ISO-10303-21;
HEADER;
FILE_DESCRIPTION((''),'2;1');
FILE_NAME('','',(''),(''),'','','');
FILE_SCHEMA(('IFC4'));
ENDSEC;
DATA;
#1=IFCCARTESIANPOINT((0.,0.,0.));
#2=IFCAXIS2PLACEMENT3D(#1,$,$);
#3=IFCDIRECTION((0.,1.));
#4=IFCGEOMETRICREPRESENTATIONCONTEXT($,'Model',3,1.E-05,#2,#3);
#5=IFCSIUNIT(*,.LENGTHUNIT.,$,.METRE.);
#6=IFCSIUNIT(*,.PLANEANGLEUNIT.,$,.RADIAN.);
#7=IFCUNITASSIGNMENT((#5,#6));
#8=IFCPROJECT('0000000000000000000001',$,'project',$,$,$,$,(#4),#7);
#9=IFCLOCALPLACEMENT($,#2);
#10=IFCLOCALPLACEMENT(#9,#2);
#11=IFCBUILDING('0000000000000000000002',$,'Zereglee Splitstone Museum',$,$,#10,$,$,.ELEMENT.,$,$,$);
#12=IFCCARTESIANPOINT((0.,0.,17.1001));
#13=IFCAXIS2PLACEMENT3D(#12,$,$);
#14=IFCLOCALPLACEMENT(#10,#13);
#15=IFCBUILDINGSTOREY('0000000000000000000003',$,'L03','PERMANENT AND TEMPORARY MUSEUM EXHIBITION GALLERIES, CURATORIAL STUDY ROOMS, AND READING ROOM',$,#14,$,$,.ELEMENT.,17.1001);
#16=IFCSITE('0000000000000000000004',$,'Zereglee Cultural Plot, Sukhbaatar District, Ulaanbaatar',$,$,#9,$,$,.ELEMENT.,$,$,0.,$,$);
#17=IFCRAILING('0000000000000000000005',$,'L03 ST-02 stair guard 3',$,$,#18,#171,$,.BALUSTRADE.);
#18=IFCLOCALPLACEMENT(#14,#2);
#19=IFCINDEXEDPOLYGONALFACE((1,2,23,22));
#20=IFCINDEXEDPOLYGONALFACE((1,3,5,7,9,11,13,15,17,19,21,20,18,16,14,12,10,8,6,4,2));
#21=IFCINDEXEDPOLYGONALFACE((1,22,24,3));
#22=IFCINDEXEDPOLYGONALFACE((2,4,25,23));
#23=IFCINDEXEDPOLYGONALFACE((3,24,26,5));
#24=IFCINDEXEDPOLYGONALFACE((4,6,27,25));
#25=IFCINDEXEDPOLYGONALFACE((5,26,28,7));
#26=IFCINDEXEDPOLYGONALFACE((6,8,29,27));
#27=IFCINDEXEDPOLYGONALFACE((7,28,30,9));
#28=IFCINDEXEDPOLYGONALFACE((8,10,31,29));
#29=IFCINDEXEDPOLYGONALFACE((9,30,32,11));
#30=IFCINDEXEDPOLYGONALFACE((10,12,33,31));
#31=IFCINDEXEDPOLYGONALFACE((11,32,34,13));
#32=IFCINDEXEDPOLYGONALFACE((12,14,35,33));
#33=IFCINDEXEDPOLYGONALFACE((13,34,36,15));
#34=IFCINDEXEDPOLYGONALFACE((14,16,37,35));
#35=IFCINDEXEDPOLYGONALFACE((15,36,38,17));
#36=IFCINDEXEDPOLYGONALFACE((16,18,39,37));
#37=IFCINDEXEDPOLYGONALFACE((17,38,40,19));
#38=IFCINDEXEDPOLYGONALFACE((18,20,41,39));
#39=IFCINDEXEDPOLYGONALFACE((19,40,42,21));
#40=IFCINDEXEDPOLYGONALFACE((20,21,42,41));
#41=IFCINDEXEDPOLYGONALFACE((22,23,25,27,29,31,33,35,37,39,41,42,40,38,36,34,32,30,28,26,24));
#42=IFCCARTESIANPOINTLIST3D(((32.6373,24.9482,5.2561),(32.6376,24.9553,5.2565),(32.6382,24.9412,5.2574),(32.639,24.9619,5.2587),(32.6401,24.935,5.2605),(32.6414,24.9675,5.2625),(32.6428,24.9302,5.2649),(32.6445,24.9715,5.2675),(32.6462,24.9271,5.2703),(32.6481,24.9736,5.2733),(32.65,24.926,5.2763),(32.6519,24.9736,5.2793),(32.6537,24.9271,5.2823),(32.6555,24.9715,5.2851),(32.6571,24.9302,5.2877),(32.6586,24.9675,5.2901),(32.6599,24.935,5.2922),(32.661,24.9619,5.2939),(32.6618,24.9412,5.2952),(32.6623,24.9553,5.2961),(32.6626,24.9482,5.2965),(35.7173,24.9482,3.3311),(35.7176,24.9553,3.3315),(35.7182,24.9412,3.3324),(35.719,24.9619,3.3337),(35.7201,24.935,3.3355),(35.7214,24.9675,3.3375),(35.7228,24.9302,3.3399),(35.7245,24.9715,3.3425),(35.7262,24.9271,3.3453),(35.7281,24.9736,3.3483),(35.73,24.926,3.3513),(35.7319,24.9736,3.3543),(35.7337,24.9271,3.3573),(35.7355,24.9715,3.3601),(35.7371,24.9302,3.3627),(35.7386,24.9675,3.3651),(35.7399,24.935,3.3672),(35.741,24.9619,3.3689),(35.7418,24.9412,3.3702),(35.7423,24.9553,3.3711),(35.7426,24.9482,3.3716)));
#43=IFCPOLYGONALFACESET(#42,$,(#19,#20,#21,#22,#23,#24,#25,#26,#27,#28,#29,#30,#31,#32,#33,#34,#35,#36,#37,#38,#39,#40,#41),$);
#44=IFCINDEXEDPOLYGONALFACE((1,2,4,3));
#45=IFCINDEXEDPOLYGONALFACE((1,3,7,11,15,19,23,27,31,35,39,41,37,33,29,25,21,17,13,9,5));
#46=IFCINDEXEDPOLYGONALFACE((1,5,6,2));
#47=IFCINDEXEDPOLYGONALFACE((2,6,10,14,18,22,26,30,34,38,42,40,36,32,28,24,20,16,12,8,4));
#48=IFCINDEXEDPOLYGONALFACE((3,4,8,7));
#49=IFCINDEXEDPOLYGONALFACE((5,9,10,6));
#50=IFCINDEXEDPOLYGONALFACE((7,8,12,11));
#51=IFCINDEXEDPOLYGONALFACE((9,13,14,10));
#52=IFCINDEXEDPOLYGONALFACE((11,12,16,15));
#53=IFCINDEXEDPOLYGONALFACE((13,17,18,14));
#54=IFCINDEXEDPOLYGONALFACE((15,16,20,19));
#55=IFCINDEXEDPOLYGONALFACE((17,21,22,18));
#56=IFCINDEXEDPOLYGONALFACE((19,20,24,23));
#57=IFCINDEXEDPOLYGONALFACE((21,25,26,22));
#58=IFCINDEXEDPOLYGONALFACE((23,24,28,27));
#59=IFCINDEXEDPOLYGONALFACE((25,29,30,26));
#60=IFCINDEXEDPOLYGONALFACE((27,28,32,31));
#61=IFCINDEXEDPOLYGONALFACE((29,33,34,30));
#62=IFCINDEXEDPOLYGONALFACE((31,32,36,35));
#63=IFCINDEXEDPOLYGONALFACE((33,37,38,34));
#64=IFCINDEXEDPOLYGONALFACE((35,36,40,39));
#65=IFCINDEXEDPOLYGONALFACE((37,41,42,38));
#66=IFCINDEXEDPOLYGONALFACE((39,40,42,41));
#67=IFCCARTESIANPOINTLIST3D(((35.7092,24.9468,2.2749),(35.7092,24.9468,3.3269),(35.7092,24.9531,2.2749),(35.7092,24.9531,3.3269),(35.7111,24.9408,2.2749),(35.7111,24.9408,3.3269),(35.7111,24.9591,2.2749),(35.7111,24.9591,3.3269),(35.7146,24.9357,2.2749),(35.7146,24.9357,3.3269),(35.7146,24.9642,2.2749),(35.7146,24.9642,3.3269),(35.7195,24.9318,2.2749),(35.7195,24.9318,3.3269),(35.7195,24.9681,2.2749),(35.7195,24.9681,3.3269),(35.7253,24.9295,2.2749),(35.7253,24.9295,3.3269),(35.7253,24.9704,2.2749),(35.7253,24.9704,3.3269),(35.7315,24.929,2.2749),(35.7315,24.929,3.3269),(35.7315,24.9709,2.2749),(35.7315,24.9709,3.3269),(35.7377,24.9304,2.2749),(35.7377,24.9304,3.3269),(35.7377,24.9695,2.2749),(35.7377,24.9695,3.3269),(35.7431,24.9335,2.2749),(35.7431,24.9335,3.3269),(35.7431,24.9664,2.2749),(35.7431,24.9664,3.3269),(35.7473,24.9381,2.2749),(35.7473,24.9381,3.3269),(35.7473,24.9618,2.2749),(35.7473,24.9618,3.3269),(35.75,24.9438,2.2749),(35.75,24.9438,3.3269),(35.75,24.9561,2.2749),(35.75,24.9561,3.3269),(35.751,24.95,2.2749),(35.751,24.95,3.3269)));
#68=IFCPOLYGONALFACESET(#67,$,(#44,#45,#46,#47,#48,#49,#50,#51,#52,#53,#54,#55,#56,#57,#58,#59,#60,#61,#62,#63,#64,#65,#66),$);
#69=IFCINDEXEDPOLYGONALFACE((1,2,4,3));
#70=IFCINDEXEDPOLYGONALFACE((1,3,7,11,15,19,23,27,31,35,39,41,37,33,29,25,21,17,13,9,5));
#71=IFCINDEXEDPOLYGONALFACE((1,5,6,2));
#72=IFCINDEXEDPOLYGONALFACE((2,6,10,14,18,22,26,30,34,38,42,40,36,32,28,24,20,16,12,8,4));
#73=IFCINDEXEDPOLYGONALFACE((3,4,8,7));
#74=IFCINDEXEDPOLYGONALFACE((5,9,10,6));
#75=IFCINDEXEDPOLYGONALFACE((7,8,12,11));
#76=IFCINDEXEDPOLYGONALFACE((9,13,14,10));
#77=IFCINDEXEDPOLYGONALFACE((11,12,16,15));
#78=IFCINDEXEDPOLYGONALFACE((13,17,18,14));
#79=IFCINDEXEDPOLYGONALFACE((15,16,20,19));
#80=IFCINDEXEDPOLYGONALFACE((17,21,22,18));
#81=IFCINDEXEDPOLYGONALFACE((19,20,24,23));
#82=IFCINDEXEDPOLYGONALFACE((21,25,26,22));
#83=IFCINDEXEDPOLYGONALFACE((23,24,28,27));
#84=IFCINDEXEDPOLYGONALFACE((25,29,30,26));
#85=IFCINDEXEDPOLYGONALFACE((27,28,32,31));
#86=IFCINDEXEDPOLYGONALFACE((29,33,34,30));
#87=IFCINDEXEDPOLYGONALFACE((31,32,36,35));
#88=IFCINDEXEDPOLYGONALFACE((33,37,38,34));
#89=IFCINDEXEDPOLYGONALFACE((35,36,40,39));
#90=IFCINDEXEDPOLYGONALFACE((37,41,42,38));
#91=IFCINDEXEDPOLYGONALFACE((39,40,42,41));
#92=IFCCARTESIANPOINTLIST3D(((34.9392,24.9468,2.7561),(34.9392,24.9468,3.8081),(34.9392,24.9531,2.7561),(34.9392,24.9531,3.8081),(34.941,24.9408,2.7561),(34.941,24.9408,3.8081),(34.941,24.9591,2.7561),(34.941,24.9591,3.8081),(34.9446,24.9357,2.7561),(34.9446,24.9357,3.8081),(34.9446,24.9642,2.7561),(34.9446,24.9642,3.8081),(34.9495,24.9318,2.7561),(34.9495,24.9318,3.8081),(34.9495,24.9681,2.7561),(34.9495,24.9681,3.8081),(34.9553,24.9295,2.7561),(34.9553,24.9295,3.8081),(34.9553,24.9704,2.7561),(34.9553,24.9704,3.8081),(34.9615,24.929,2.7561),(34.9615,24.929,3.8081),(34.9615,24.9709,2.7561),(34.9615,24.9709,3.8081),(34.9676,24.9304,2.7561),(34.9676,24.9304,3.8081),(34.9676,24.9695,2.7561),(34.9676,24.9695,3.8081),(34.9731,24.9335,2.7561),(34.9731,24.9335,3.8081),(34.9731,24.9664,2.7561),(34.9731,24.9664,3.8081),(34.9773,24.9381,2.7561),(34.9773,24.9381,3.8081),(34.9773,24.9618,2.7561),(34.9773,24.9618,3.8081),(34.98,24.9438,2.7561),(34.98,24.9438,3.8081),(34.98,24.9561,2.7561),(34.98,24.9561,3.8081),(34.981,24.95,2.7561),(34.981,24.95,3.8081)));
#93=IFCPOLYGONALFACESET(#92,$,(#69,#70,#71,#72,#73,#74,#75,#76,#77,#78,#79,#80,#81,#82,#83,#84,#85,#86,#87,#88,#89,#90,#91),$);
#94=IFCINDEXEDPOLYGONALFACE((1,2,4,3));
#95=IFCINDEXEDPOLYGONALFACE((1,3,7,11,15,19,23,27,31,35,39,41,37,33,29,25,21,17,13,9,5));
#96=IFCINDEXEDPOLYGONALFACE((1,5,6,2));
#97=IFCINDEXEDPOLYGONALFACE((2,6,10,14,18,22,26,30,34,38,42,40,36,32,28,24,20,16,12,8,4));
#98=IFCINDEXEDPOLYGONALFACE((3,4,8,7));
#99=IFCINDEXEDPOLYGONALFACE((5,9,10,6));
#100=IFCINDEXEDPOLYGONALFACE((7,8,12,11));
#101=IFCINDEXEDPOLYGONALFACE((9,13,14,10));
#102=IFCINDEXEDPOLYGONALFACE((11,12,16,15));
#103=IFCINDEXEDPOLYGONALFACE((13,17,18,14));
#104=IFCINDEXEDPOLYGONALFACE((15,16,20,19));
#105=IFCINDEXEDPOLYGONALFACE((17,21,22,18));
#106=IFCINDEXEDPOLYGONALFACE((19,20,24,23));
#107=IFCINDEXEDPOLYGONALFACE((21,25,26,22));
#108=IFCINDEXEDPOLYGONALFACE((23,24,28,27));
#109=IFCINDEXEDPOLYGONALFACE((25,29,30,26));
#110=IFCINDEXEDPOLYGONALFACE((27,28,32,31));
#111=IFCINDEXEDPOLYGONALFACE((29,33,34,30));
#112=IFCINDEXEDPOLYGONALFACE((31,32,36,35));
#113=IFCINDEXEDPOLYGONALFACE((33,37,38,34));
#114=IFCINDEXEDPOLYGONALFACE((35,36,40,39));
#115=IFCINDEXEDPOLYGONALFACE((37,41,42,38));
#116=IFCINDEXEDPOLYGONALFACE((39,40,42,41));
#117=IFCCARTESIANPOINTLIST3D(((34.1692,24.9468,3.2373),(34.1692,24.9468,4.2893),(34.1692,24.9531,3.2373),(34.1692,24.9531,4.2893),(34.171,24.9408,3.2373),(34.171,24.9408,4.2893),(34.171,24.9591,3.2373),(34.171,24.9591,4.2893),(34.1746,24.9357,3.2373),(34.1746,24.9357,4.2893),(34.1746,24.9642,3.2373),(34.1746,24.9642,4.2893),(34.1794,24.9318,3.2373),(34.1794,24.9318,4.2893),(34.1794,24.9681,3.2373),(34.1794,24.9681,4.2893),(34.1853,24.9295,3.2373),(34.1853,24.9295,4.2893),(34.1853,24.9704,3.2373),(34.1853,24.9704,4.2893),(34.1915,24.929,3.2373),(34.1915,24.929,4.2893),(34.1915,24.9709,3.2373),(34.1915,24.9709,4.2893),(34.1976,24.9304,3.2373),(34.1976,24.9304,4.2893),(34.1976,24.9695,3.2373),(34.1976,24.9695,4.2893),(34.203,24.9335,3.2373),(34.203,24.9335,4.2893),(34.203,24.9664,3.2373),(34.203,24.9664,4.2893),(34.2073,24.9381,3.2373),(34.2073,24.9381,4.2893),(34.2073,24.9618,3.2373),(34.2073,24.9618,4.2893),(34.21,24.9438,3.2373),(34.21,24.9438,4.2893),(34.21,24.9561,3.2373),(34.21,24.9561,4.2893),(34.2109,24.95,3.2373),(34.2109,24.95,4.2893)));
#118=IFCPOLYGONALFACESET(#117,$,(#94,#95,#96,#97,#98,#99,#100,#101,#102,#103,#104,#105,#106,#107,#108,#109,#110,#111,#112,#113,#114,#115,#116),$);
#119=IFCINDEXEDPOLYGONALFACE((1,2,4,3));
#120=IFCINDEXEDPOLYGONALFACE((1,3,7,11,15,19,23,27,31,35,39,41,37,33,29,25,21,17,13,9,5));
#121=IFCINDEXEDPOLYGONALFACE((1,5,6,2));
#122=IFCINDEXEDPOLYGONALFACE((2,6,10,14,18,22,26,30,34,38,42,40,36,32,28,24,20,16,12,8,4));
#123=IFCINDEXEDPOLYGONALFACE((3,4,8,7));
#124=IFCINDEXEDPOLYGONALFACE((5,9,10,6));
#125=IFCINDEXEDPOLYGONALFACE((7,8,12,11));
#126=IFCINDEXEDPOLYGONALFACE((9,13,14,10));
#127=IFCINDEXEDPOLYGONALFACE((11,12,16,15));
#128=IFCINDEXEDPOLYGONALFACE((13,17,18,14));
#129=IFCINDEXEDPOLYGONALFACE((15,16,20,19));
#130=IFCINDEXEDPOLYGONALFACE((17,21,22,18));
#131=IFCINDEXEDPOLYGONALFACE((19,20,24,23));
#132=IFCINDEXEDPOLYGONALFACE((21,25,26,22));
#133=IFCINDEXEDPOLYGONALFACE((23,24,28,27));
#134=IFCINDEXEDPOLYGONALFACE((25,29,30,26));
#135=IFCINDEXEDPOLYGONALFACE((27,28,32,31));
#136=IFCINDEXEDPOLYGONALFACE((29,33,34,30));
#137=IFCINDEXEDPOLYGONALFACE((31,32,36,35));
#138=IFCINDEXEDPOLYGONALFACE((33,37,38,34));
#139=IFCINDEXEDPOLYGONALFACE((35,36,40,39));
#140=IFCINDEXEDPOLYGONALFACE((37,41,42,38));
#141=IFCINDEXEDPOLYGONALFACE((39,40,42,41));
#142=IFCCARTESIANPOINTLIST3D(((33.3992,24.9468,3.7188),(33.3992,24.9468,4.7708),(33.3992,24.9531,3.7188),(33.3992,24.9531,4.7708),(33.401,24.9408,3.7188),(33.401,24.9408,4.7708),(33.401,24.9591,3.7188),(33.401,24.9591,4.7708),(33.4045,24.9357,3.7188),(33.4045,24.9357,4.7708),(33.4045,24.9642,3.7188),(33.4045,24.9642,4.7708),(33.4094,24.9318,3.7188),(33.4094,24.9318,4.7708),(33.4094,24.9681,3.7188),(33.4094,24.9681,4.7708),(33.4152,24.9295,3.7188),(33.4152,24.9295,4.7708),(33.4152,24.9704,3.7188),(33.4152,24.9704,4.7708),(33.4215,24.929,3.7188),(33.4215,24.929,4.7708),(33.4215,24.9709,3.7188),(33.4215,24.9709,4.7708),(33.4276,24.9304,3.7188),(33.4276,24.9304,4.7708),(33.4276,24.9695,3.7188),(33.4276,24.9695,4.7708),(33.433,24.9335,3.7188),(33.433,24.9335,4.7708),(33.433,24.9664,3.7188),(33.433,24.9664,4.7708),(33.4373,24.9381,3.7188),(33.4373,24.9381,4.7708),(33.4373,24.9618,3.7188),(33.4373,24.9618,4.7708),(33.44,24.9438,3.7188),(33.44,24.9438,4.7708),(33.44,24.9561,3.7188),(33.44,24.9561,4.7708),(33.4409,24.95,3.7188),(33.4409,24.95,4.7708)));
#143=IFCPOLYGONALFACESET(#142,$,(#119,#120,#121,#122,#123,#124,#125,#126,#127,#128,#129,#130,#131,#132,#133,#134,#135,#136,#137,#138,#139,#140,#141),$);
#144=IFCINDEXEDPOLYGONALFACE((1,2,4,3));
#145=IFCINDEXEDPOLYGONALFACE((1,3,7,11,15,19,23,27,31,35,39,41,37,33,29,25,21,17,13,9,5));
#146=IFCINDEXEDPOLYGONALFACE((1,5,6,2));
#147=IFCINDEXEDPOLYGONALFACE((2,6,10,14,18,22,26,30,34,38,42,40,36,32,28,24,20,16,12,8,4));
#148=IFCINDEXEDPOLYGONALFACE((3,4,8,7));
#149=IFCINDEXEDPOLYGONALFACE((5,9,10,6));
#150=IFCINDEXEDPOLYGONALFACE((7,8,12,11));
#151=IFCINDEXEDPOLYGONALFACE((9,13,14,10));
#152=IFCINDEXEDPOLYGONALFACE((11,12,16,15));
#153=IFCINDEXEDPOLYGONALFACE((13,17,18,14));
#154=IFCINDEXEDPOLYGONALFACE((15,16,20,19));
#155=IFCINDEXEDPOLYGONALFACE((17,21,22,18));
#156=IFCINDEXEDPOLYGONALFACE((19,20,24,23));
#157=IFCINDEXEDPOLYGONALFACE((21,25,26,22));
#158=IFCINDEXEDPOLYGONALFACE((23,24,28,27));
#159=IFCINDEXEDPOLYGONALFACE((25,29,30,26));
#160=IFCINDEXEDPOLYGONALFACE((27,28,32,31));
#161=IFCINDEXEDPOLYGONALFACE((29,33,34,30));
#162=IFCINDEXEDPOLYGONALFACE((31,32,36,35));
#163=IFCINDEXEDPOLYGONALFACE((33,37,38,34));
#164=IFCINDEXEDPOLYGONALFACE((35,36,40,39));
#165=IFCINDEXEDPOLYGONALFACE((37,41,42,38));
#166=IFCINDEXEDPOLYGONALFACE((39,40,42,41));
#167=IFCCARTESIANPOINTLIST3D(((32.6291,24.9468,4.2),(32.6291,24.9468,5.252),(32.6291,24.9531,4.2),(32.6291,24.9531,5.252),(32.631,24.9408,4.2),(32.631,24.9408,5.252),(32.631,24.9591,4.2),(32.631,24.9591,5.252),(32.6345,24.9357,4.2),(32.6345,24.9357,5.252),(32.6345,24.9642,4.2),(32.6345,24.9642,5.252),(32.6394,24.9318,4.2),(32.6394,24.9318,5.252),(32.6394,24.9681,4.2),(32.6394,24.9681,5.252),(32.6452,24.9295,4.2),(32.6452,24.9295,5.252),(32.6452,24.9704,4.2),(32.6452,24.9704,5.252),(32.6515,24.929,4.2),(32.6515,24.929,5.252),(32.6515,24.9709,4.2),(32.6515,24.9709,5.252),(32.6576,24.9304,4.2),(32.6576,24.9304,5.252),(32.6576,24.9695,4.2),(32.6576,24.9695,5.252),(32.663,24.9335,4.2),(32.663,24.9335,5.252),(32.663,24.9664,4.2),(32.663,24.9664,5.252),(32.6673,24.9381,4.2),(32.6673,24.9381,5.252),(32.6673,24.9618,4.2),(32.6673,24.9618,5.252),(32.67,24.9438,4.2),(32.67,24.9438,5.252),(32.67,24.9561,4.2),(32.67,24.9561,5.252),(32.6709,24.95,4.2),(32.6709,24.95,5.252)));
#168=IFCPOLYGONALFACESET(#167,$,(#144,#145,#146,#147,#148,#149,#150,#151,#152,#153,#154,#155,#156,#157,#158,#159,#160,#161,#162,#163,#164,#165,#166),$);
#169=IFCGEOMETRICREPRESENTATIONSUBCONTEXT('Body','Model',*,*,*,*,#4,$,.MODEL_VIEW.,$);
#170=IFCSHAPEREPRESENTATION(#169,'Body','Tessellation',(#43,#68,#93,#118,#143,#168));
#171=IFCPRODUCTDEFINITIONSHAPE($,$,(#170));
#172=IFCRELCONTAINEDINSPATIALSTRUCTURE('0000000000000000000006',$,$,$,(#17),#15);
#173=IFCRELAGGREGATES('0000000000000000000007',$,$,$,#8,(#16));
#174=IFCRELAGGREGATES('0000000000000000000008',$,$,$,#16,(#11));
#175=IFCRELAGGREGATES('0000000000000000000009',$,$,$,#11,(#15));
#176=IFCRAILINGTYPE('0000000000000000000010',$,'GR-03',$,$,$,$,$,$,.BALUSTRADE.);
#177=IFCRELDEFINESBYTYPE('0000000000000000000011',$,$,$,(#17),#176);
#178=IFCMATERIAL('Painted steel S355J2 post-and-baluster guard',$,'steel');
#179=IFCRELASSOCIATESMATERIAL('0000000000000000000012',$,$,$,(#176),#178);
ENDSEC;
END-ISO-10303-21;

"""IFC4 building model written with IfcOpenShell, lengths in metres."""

from ifc_helpers import new_model, si_unit, direction, frame, origin, origin_2d, place, context, subcontext, project, spatial, circle, extrude, material, type_object, element, save


model = new_model("IFC4")

# Units and contexts
model_context = context("Model", 3, precision=1e-05, world=origin(), true_north=direction((0.0, 1.0)))
body_context = subcontext(model_context, "Body", "Model", "MODEL_VIEW")
ifc_project = project(units=[si_unit("LENGTHUNIT", "METRE"), si_unit("PLANEANGLEUNIT", "RADIAN")], contexts=[model_context])

# Site, building, storey
site_placement = place(None, origin())
site = spatial("IfcSite", under=ifc_project, at=site_placement, Name="Zereglee Cultural Plot, Sukhbaatar District, Ulaanbaatar", CompositionType="ELEMENT", RefElevation=0.0)
building_placement = place(site_placement, origin())
building = spatial("IfcBuilding", under=site, at=building_placement, Name="Zereglee Splitstone Museum", CompositionType="ELEMENT")
storey_placement = place(building_placement, frame((0.0, 0.0, 17.1001)))
storey = spatial("IfcBuildingStorey", under=building, at=storey_placement, Name="L03", Description="PERMANENT AND TEMPORARY MUSEUM EXHIBITION GALLERIES, CURATORIAL STUDY ROOMS, AND READING ROOM", CompositionType="ELEMENT", Elevation=17.1001)

# Railing
ifc_material_1 = material(Name="Painted steel S355J2 post-and-baluster guard", Category="steel")
railing_type_1 = type_object("IfcRailingType", Name="GR-03", PredefinedType="BALUSTRADE", material=ifc_material_1)
railing_1_placement = place(storey_placement, frame((35.73, 24.95, 2.2749)))
element("IfcRailing", 1, at=railing_1_placement, inside=storey, type_object=railing_type_1, Name="L03 ST-02 stair guard 3", PredefinedType="BALUSTRADE", context=body_context, shape_type="SweptSolid", body=[
    extrude(circle(Radius=0.0239, at=origin_2d()), frame((0.0, 0.0, 1.0764), z_axis=(-0.847998, 0.0, 0.529999), x_axis=(0.0, -1.0, 0.0)), (0.0, 0.0, 1.0), 3.6321),
    extrude(circle(Radius=0.021, at=origin_2d()), origin(), (0.0, 0.0, 1.0), 1.052),
    extrude(circle(Radius=0.021, at=origin_2d()), frame((-0.77, 0.0, 0.4812)), (0.0, 0.0, 1.0), 1.052),
    extrude(circle(Radius=0.021, at=origin_2d()), frame((-1.54, 0.0, 0.9624)), (0.0, 0.0, 1.0), 1.052),
    extrude(circle(Radius=0.021, at=origin_2d()), frame((-2.3101, 0.0, 1.4438)), (0.0, 0.0, 1.0), 1.052),
    extrude(circle(Radius=0.021, at=origin_2d()), frame((-3.0801, 0.0, 1.925)), (0.0, 0.0, 1.0), 1.052),
])

save(model, "model.ifc")
